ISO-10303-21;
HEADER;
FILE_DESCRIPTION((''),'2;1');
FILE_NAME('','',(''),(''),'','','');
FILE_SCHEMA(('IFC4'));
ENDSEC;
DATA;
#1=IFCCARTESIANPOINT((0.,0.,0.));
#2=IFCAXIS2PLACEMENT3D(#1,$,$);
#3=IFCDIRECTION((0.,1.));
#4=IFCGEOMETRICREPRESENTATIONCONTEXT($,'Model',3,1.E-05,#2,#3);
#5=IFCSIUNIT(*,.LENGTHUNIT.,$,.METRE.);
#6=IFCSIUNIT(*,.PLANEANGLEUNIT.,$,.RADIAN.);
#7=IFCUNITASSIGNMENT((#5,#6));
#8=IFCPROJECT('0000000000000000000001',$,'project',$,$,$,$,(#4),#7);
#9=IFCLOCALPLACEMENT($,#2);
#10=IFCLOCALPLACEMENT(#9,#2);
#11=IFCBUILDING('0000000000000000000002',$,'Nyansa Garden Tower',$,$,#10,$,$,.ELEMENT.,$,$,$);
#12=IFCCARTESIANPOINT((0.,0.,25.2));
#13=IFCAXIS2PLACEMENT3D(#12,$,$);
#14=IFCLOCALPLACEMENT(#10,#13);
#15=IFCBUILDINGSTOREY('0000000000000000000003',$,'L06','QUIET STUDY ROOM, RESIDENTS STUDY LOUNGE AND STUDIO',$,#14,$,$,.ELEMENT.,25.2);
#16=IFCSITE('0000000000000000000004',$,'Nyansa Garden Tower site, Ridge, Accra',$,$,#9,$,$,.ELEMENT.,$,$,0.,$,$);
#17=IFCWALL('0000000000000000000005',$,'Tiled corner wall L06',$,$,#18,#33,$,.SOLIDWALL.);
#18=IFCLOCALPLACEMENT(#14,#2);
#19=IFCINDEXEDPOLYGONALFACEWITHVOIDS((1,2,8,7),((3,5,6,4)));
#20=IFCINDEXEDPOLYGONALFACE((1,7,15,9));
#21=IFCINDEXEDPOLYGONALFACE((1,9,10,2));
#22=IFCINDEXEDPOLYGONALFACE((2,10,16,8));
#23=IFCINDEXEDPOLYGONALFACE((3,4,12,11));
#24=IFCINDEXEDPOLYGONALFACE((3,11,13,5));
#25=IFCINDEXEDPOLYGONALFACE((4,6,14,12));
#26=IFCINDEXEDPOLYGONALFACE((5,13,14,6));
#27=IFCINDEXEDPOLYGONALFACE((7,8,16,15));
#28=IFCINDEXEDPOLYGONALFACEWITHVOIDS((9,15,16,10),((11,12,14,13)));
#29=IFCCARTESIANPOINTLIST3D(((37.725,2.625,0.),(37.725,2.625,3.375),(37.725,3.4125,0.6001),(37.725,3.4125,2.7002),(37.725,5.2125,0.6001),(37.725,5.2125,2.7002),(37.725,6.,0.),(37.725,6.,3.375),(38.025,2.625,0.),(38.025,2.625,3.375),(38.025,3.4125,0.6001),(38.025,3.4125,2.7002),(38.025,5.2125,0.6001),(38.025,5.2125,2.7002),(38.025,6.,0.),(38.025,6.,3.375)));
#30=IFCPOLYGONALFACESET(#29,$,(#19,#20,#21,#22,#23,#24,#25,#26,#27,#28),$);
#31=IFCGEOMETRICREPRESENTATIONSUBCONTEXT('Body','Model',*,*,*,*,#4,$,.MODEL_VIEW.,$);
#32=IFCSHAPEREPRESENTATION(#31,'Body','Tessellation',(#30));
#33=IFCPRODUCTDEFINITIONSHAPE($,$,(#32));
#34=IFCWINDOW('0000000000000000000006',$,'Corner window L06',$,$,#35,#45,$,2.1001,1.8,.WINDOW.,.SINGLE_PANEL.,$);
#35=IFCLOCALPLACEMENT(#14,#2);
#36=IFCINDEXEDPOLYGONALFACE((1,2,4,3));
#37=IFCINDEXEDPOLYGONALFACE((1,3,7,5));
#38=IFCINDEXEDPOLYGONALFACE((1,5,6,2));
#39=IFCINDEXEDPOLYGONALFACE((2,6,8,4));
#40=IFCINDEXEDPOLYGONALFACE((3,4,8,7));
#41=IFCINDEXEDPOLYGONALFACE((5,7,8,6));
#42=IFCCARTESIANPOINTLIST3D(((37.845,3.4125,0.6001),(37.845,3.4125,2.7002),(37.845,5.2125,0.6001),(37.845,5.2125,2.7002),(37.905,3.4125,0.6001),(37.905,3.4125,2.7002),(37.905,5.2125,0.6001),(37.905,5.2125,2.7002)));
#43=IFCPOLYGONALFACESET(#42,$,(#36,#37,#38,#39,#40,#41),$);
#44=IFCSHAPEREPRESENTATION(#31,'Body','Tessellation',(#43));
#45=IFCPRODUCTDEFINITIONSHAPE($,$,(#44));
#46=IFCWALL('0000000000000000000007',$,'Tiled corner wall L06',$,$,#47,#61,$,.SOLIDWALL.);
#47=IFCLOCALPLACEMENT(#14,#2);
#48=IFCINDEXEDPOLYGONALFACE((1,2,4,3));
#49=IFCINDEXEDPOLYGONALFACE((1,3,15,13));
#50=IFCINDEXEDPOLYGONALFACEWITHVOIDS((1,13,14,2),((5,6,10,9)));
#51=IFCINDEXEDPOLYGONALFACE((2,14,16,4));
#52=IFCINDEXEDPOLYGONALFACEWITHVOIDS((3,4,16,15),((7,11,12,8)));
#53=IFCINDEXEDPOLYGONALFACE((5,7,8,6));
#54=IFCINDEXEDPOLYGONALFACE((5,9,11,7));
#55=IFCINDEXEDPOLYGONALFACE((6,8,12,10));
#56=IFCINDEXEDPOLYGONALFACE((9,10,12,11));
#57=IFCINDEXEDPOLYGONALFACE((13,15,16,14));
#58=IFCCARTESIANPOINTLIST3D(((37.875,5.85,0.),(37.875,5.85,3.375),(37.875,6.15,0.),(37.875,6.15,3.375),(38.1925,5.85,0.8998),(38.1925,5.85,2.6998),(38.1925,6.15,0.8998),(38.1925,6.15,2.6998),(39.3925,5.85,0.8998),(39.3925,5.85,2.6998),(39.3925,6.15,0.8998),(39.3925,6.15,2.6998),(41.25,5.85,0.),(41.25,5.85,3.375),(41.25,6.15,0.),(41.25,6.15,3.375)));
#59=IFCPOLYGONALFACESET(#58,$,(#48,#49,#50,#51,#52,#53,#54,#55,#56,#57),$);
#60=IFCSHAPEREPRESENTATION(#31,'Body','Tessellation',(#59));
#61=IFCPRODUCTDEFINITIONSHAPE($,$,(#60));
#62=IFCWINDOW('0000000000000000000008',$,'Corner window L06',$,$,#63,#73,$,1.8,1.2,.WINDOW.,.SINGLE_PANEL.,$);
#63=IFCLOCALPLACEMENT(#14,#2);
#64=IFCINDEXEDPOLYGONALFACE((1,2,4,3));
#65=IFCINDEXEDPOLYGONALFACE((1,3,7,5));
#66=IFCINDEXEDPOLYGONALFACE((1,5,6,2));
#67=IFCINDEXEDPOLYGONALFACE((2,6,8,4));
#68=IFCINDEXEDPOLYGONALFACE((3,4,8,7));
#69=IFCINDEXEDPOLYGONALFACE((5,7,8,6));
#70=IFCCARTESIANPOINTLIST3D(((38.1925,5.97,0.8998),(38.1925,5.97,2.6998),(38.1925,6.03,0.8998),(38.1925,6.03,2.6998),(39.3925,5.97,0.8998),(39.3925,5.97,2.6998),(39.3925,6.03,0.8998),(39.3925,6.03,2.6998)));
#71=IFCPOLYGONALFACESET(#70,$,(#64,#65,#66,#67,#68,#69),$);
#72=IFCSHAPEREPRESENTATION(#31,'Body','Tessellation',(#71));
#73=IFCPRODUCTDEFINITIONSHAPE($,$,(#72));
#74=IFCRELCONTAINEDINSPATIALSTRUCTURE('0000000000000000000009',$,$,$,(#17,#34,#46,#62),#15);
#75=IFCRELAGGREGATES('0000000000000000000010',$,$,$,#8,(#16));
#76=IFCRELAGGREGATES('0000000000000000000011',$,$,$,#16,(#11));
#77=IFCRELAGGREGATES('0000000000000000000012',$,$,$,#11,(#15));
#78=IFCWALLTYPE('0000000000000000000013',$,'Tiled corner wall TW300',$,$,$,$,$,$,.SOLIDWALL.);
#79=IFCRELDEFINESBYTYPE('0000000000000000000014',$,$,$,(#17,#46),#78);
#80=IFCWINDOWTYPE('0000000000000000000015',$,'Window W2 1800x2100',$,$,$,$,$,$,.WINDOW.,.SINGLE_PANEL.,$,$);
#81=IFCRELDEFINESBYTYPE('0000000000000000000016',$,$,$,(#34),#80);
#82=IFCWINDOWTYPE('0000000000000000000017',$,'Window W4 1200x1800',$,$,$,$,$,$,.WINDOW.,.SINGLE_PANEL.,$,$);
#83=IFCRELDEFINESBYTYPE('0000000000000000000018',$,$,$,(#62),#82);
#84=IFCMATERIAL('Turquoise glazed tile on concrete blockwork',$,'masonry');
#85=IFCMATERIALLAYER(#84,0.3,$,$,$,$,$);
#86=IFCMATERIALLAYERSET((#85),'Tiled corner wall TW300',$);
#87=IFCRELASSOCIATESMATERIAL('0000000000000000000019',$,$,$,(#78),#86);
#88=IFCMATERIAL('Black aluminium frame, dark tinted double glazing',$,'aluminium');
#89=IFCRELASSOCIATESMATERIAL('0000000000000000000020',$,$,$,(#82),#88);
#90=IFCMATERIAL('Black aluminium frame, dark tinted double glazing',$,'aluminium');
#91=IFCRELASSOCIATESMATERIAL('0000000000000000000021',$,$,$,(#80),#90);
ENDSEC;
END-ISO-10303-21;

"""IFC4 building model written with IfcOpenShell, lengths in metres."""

from ifc_helpers import new_model, si_unit, direction, frame, frame_2d, origin, place, context, subcontext, project, spatial, rectangle, extrude, material, layer, layer_set, type_object, element, fill, save


model = new_model("IFC4")

# Units and contexts
model_context = context("Model", 3, precision=1e-05, world=origin(), true_north=direction((0.0, 1.0)))
body_context = subcontext(model_context, "Body", "Model", "MODEL_VIEW")
ifc_project = project(units=[si_unit("LENGTHUNIT", "METRE"), si_unit("PLANEANGLEUNIT", "RADIAN")], contexts=[model_context])

# Site, building, storey
site_placement = place(None, origin())
site = spatial("IfcSite", under=ifc_project, at=site_placement, Name="Nyansa Garden Tower site, Ridge, Accra", CompositionType="ELEMENT", RefElevation=0.0)
building_placement = place(site_placement, origin())
building = spatial("IfcBuilding", under=site, at=building_placement, Name="Nyansa Garden Tower", CompositionType="ELEMENT")
storey_placement = place(building_placement, frame((0.0, 0.0, 25.2)))
storey = spatial("IfcBuildingStorey", under=building, at=storey_placement, Name="L06", Description="QUIET STUDY ROOM, RESIDENTS STUDY LOUNGE AND STUDIO", CompositionType="ELEMENT", Elevation=25.2)

# Walls, openings, windows
ifc_material_1 = material(Name="Turquoise glazed tile on concrete blockwork", Category="masonry")
ifc_layer_1 = layer(ifc_material_1, 0.3)
ifc_layer_set_1 = layer_set([ifc_layer_1], Name="Tiled corner wall TW300")
wall_type_1 = type_object("IfcWallType", Name="Tiled corner wall TW300", PredefinedType="SOLIDWALL", material=ifc_layer_set_1)
ifc_material_2 = material(Name="Black aluminium frame, dark tinted double glazing", Category="aluminium")
window_type_1 = type_object("IfcWindowType", Name="Window W4 1200x1800", PartitioningType="SINGLE_PANEL", PredefinedType="WINDOW", material=ifc_material_2)
ifc_material_3 = material(Name="Black aluminium frame, dark tinted double glazing", Category="aluminium")
window_type_2 = type_object("IfcWindowType", Name="Window W2 1800x2100", PartitioningType="SINGLE_PANEL", PredefinedType="WINDOW", material=ifc_material_3)
wall_1_placement = place(storey_placement, frame((37.875, 2.625, 0.0), z_axis=(0.0, 0.0, 1.0), x_axis=(0.0, 1.0, 0.0)))
wall_1 = element("IfcWall", 1, at=wall_1_placement, inside=storey, type_object=wall_type_1, Name="Tiled corner wall L06", PredefinedType="SOLIDWALL", context=body_context, shape_type="SweptSolid", body=[
    extrude(rectangle(XDim=3.375, YDim=0.3, at=frame_2d((1.6875, 0.0))), origin(), (0.0, 0.0, 1.0), 3.375),
])
opening_1_placement = place(wall_1_placement, frame((0.7876, 0.0, 0.6001)))
opening_1 = element("IfcOpeningElement", 2, at=opening_1_placement, cuts=wall_1, PredefinedType="OPENING", context=body_context, shape_type="SweptSolid", body=[
    extrude(rectangle(XDim=1.8, YDim=2.1001, at=frame_2d((0.8999, 1.05))), frame((0.0, 0.1599, 0.0), z_axis=(0.0, -1.0, 0.0), x_axis=(1.0, 0.0, 0.0)), (0.0, 0.0, 1.0), 0.3201),
])
window_1_placement = place(opening_1_placement, origin())
window_1 = element("IfcWindow", 3, at=window_1_placement, inside=storey, type_object=window_type_2, Name="Corner window L06", OverallHeight=2.1001, OverallWidth=1.8, PartitioningType="SINGLE_PANEL", PredefinedType="WINDOW", context=body_context, shape_type="SweptSolid", body=[
    extrude(rectangle(XDim=1.8, YDim=2.1001, at=frame_2d((0.8999, 1.05))), frame((0.0, 0.03, 0.0), z_axis=(0.0, -1.0, 0.0), x_axis=(1.0, 0.0, 0.0)), (0.0, 0.0, 1.0), 0.0601),
])
fill(opening_1, window_1)
wall_2_placement = place(storey_placement, frame((37.875, 6.0, 0.0), z_axis=(0.0, 0.0, 1.0), x_axis=(1.0, 0.0, 0.0)))
wall_2 = element("IfcWall", 4, at=wall_2_placement, inside=storey, type_object=wall_type_1, Name="Tiled corner wall L06", PredefinedType="SOLIDWALL", context=body_context, shape_type="SweptSolid", body=[
    extrude(rectangle(XDim=3.375, YDim=0.3, at=frame_2d((1.6875, 0.0))), origin(), (0.0, 0.0, 1.0), 3.375),
])
opening_2_placement = place(wall_2_placement, frame((0.3174, 0.0, 0.8999)))
opening_2 = element("IfcOpeningElement", 5, at=opening_2_placement, cuts=wall_2, PredefinedType="OPENING", context=body_context, shape_type="SweptSolid", body=[
    extrude(rectangle(XDim=1.2, YDim=1.8, at=frame_2d((0.6001, 0.8999))), frame((0.0, 0.1599, 0.0), z_axis=(0.0, -1.0, 0.0), x_axis=(1.0, 0.0, 0.0)), (0.0, 0.0, 1.0), 0.3201),
])
window_2_placement = place(opening_2_placement, origin())
window_2 = element("IfcWindow", 6, at=window_2_placement, inside=storey, type_object=window_type_1, Name="Corner window L06", OverallHeight=1.8, OverallWidth=1.2, PartitioningType="SINGLE_PANEL", PredefinedType="WINDOW", context=body_context, shape_type="SweptSolid", body=[
    extrude(rectangle(XDim=1.2, YDim=1.8, at=frame_2d((0.6001, 0.8999))), frame((0.0, 0.03, 0.0), z_axis=(0.0, -1.0, 0.0), x_axis=(1.0, 0.0, 0.0)), (0.0, 0.0, 1.0), 0.0601),
])
fill(opening_2, window_2)

save(model, "model.ifc")
